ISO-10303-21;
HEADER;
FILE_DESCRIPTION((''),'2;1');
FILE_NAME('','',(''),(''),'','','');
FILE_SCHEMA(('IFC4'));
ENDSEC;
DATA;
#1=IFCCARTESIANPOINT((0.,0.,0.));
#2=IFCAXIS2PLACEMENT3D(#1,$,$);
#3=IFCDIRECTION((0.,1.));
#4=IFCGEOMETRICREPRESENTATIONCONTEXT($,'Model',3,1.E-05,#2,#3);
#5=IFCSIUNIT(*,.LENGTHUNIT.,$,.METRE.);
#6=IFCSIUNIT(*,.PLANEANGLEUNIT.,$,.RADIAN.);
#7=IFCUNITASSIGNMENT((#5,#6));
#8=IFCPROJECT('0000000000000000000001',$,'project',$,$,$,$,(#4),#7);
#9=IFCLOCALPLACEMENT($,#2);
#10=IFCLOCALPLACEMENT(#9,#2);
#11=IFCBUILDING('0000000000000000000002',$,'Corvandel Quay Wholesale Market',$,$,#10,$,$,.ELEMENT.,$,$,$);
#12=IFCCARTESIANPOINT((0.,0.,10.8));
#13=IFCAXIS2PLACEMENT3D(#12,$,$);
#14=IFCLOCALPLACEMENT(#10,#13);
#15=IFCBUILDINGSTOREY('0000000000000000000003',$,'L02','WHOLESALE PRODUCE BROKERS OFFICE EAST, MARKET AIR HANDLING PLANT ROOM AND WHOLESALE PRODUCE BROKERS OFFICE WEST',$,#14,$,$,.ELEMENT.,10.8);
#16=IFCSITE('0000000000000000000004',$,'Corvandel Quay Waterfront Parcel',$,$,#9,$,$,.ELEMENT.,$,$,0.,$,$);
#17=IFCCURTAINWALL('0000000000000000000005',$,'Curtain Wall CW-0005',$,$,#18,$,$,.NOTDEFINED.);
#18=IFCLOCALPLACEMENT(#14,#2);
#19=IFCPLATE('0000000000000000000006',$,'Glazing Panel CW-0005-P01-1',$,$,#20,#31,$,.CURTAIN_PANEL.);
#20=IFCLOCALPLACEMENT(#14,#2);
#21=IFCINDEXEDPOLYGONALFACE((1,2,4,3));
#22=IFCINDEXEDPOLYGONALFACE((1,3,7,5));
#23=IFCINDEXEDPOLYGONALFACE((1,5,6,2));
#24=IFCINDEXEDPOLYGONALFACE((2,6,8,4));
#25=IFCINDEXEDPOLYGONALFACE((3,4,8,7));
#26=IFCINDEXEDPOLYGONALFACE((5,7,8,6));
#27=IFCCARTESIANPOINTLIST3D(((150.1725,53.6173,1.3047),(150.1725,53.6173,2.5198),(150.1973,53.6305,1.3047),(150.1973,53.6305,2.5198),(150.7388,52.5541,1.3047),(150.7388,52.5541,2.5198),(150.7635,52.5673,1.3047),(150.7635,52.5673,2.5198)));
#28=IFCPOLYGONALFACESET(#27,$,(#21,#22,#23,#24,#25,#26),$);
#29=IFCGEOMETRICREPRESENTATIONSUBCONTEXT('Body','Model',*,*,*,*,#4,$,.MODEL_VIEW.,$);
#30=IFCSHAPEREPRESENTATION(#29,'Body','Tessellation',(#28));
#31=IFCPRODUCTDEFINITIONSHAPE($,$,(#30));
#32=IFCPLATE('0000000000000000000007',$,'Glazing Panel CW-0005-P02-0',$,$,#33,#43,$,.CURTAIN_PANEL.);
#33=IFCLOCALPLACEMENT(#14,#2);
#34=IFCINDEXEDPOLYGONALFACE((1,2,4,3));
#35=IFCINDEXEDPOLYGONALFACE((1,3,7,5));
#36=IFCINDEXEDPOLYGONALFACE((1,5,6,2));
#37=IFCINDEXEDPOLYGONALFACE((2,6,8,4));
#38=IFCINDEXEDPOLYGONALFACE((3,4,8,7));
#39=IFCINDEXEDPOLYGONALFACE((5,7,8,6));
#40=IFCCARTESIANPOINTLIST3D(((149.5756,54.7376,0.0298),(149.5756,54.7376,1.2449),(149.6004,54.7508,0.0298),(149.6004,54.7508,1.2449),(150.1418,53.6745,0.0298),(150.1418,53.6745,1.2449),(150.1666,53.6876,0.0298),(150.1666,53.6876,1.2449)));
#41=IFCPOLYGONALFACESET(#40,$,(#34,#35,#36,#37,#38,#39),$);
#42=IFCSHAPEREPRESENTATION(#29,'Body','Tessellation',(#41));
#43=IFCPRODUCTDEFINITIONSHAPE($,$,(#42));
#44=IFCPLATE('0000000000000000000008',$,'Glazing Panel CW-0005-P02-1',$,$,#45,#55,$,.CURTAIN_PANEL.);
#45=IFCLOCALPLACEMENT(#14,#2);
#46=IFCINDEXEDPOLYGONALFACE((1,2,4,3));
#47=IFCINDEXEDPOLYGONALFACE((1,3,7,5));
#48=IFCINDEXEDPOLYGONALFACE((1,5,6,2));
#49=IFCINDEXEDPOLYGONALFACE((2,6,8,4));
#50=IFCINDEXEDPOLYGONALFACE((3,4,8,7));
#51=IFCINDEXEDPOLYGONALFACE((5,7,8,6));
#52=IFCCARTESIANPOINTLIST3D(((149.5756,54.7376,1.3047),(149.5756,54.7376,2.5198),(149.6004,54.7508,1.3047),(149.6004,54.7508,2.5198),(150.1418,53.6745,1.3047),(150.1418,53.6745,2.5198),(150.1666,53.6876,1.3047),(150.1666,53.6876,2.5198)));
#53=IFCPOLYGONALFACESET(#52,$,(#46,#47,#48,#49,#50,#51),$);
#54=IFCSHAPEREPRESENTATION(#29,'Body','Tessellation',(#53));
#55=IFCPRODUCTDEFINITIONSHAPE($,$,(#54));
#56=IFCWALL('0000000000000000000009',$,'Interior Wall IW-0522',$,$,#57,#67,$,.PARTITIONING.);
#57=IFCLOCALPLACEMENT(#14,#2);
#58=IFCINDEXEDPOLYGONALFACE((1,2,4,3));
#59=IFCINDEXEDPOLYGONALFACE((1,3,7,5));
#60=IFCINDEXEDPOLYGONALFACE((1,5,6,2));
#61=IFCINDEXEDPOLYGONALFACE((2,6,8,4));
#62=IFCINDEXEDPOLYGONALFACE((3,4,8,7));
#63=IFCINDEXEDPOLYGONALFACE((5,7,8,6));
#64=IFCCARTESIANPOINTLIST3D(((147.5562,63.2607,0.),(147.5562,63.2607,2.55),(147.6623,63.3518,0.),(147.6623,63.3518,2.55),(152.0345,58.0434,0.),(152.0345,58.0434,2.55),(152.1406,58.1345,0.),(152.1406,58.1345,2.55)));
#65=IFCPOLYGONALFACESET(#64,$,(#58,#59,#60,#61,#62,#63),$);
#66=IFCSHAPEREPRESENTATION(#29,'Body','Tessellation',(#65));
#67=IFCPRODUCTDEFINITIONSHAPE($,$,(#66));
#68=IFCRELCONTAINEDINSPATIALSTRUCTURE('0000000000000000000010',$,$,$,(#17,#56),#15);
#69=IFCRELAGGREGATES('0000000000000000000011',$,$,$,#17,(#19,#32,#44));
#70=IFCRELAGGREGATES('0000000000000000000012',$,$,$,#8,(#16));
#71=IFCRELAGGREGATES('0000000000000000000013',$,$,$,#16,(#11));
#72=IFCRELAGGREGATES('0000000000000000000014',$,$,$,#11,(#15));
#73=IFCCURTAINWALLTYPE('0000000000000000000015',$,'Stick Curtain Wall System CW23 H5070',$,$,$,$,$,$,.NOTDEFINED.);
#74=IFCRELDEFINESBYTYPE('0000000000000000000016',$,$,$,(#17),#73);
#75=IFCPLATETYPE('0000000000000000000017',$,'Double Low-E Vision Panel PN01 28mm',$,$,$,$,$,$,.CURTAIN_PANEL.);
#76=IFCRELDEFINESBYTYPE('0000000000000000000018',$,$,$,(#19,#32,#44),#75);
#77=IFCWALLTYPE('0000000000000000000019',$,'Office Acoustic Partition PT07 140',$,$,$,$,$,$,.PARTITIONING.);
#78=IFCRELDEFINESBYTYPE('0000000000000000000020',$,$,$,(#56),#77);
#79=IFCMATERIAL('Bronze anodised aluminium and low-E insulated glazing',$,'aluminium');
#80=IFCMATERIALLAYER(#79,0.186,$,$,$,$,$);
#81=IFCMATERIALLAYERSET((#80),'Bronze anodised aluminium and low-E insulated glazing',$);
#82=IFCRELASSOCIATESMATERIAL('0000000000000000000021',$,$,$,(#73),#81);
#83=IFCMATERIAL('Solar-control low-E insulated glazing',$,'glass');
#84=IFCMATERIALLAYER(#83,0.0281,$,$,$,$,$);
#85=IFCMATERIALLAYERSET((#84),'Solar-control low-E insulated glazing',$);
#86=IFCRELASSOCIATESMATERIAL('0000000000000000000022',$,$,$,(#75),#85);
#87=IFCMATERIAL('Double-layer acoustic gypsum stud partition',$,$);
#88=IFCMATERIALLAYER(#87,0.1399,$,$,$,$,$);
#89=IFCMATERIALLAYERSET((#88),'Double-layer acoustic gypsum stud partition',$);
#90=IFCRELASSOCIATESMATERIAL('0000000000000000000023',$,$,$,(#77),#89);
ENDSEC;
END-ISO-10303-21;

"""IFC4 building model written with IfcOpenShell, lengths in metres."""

from ifc_helpers import new_model, si_unit, direction, frame, frame_2d, origin, origin_2d, place, context, subcontext, project, spatial, rectangle, extrude, material, layer, layer_set, type_object, element, aggregate, save


model = new_model("IFC4")

# Units and contexts
model_context = context("Model", 3, precision=1e-05, world=origin(), true_north=direction((0.0, 1.0)))
body_context = subcontext(model_context, "Body", "Model", "MODEL_VIEW")
ifc_project = project(units=[si_unit("LENGTHUNIT", "METRE"), si_unit("PLANEANGLEUNIT", "RADIAN")], contexts=[model_context])

# Site, building, storey
site_placement = place(None, origin())
site = spatial("IfcSite", under=ifc_project, at=site_placement, Name="Corvandel Quay Waterfront Parcel", CompositionType="ELEMENT", RefElevation=0.0)
building_placement = place(site_placement, origin())
building = spatial("IfcBuilding", under=site, at=building_placement, Name="Corvandel Quay Wholesale Market", CompositionType="ELEMENT")
storey_placement = place(building_placement, frame((0.0, 0.0, 10.8)))
storey = spatial("IfcBuildingStorey", under=building, at=storey_placement, Name="L02", Description="WHOLESALE PRODUCE BROKERS OFFICE EAST, MARKET AIR HANDLING PLANT ROOM AND WHOLESALE PRODUCE BROKERS OFFICE WEST", CompositionType="ELEMENT", Elevation=10.8)

# Shared definitions
ifc_material_1 = material(Name="Bronze anodised aluminium and low-E insulated glazing", Category="aluminium")

# Curtain wall
ifc_layer_1 = layer(ifc_material_1, 0.186)
ifc_layer_set_1 = layer_set([ifc_layer_1], Name="Bronze anodised aluminium and low-E insulated glazing")
curtain_wall_type_1 = type_object("IfcCurtainWallType", Name="Stick Curtain Wall System CW23 H5070", PredefinedType="NOTDEFINED", material=ifc_layer_set_1)
curtain_wall_1_placement = place(storey_placement, origin())
curtain_wall_1 = element("IfcCurtainWall", 1, at=curtain_wall_1_placement, inside=storey, type_object=curtain_wall_type_1, Name="Curtain Wall CW-0005", PredefinedType="NOTDEFINED")

# Plates
ifc_material_2 = material(Name="Solar-control low-E insulated glazing", Category="glass")
ifc_layer_2 = layer(ifc_material_2, 0.0281)
ifc_layer_set_2 = layer_set([ifc_layer_2], Name="Solar-control low-E insulated glazing")
plate_type = type_object("IfcPlateType", Name="Double Low-E Vision Panel PN01 28mm", PredefinedType="CURTAIN_PANEL", material=ifc_layer_set_2)
plate_1_placement = place(storey_placement, frame((150.468, 53.0923, 1.3047), z_axis=(0.0, 0.0, 1.0), x_axis=(-0.470088, 0.88262, 0.0)))
plate_1 = element("IfcPlate", 2, at=plate_1_placement, type_object=plate_type, Name="Glazing Panel CW-0005-P01-1", PredefinedType="CURTAIN_PANEL", context=body_context, shape_type="SweptSolid", body=[
    extrude(rectangle(XDim=1.2046, YDim=0.0281, at=origin_2d()), origin(), (0.0, 0.0, 1.0), 1.2151),
])
plate_2_placement = place(storey_placement, frame((149.8711, 54.2126, 0.0298), z_axis=(0.0, 0.0, 1.0), x_axis=(-0.470088, 0.88262, 0.0)))
plate_2 = element("IfcPlate", 3, at=plate_2_placement, type_object=plate_type, Name="Glazing Panel CW-0005-P02-0", PredefinedType="CURTAIN_PANEL", context=body_context, shape_type="SweptSolid", body=[
    extrude(rectangle(XDim=1.2046, YDim=0.0281, at=origin_2d()), origin(), (0.0, 0.0, 1.0), 1.2151),
])
plate_3_placement = place(storey_placement, frame((149.8711, 54.2126, 1.3047), z_axis=(0.0, 0.0, 1.0), x_axis=(-0.470088, 0.88262, 0.0)))
plate_3 = element("IfcPlate", 4, at=plate_3_placement, type_object=plate_type, Name="Glazing Panel CW-0005-P02-1", PredefinedType="CURTAIN_PANEL", context=body_context, shape_type="SweptSolid", body=[
    extrude(rectangle(XDim=1.2046, YDim=0.0281, at=origin_2d()), origin(), (0.0, 0.0, 1.0), 1.2151),
])
aggregate(curtain_wall_1, [plate_1, plate_2, plate_3])

# Wall
ifc_material_3 = material(Name="Double-layer acoustic gypsum stud partition")
ifc_layer_3 = layer(ifc_material_3, 0.1399)
ifc_layer_set_3 = layer_set([ifc_layer_3], Name="Double-layer acoustic gypsum stud partition")
wall_type = type_object("IfcWallType", Name="Office Acoustic Partition PT07 140", PredefinedType="PARTITIONING", material=ifc_layer_set_3)
wall_placement = place(storey_placement, frame((152.0876, 58.0889, 0.0), z_axis=(0.0, 0.0, 1.0), x_axis=(-0.65132, 0.758803, 0.0)))
element("IfcWall", 5, at=wall_placement, inside=storey, type_object=wall_type, Name="Interior Wall IW-0522", PredefinedType="PARTITIONING", context=body_context, shape_type="SweptSolid", body=[
    extrude(rectangle(XDim=6.8757, YDim=0.1399, at=frame_2d((3.438, 0.0))), origin(), (0.0, 0.0, 1.0), 2.55),
])

save(model, "model.ifc")
